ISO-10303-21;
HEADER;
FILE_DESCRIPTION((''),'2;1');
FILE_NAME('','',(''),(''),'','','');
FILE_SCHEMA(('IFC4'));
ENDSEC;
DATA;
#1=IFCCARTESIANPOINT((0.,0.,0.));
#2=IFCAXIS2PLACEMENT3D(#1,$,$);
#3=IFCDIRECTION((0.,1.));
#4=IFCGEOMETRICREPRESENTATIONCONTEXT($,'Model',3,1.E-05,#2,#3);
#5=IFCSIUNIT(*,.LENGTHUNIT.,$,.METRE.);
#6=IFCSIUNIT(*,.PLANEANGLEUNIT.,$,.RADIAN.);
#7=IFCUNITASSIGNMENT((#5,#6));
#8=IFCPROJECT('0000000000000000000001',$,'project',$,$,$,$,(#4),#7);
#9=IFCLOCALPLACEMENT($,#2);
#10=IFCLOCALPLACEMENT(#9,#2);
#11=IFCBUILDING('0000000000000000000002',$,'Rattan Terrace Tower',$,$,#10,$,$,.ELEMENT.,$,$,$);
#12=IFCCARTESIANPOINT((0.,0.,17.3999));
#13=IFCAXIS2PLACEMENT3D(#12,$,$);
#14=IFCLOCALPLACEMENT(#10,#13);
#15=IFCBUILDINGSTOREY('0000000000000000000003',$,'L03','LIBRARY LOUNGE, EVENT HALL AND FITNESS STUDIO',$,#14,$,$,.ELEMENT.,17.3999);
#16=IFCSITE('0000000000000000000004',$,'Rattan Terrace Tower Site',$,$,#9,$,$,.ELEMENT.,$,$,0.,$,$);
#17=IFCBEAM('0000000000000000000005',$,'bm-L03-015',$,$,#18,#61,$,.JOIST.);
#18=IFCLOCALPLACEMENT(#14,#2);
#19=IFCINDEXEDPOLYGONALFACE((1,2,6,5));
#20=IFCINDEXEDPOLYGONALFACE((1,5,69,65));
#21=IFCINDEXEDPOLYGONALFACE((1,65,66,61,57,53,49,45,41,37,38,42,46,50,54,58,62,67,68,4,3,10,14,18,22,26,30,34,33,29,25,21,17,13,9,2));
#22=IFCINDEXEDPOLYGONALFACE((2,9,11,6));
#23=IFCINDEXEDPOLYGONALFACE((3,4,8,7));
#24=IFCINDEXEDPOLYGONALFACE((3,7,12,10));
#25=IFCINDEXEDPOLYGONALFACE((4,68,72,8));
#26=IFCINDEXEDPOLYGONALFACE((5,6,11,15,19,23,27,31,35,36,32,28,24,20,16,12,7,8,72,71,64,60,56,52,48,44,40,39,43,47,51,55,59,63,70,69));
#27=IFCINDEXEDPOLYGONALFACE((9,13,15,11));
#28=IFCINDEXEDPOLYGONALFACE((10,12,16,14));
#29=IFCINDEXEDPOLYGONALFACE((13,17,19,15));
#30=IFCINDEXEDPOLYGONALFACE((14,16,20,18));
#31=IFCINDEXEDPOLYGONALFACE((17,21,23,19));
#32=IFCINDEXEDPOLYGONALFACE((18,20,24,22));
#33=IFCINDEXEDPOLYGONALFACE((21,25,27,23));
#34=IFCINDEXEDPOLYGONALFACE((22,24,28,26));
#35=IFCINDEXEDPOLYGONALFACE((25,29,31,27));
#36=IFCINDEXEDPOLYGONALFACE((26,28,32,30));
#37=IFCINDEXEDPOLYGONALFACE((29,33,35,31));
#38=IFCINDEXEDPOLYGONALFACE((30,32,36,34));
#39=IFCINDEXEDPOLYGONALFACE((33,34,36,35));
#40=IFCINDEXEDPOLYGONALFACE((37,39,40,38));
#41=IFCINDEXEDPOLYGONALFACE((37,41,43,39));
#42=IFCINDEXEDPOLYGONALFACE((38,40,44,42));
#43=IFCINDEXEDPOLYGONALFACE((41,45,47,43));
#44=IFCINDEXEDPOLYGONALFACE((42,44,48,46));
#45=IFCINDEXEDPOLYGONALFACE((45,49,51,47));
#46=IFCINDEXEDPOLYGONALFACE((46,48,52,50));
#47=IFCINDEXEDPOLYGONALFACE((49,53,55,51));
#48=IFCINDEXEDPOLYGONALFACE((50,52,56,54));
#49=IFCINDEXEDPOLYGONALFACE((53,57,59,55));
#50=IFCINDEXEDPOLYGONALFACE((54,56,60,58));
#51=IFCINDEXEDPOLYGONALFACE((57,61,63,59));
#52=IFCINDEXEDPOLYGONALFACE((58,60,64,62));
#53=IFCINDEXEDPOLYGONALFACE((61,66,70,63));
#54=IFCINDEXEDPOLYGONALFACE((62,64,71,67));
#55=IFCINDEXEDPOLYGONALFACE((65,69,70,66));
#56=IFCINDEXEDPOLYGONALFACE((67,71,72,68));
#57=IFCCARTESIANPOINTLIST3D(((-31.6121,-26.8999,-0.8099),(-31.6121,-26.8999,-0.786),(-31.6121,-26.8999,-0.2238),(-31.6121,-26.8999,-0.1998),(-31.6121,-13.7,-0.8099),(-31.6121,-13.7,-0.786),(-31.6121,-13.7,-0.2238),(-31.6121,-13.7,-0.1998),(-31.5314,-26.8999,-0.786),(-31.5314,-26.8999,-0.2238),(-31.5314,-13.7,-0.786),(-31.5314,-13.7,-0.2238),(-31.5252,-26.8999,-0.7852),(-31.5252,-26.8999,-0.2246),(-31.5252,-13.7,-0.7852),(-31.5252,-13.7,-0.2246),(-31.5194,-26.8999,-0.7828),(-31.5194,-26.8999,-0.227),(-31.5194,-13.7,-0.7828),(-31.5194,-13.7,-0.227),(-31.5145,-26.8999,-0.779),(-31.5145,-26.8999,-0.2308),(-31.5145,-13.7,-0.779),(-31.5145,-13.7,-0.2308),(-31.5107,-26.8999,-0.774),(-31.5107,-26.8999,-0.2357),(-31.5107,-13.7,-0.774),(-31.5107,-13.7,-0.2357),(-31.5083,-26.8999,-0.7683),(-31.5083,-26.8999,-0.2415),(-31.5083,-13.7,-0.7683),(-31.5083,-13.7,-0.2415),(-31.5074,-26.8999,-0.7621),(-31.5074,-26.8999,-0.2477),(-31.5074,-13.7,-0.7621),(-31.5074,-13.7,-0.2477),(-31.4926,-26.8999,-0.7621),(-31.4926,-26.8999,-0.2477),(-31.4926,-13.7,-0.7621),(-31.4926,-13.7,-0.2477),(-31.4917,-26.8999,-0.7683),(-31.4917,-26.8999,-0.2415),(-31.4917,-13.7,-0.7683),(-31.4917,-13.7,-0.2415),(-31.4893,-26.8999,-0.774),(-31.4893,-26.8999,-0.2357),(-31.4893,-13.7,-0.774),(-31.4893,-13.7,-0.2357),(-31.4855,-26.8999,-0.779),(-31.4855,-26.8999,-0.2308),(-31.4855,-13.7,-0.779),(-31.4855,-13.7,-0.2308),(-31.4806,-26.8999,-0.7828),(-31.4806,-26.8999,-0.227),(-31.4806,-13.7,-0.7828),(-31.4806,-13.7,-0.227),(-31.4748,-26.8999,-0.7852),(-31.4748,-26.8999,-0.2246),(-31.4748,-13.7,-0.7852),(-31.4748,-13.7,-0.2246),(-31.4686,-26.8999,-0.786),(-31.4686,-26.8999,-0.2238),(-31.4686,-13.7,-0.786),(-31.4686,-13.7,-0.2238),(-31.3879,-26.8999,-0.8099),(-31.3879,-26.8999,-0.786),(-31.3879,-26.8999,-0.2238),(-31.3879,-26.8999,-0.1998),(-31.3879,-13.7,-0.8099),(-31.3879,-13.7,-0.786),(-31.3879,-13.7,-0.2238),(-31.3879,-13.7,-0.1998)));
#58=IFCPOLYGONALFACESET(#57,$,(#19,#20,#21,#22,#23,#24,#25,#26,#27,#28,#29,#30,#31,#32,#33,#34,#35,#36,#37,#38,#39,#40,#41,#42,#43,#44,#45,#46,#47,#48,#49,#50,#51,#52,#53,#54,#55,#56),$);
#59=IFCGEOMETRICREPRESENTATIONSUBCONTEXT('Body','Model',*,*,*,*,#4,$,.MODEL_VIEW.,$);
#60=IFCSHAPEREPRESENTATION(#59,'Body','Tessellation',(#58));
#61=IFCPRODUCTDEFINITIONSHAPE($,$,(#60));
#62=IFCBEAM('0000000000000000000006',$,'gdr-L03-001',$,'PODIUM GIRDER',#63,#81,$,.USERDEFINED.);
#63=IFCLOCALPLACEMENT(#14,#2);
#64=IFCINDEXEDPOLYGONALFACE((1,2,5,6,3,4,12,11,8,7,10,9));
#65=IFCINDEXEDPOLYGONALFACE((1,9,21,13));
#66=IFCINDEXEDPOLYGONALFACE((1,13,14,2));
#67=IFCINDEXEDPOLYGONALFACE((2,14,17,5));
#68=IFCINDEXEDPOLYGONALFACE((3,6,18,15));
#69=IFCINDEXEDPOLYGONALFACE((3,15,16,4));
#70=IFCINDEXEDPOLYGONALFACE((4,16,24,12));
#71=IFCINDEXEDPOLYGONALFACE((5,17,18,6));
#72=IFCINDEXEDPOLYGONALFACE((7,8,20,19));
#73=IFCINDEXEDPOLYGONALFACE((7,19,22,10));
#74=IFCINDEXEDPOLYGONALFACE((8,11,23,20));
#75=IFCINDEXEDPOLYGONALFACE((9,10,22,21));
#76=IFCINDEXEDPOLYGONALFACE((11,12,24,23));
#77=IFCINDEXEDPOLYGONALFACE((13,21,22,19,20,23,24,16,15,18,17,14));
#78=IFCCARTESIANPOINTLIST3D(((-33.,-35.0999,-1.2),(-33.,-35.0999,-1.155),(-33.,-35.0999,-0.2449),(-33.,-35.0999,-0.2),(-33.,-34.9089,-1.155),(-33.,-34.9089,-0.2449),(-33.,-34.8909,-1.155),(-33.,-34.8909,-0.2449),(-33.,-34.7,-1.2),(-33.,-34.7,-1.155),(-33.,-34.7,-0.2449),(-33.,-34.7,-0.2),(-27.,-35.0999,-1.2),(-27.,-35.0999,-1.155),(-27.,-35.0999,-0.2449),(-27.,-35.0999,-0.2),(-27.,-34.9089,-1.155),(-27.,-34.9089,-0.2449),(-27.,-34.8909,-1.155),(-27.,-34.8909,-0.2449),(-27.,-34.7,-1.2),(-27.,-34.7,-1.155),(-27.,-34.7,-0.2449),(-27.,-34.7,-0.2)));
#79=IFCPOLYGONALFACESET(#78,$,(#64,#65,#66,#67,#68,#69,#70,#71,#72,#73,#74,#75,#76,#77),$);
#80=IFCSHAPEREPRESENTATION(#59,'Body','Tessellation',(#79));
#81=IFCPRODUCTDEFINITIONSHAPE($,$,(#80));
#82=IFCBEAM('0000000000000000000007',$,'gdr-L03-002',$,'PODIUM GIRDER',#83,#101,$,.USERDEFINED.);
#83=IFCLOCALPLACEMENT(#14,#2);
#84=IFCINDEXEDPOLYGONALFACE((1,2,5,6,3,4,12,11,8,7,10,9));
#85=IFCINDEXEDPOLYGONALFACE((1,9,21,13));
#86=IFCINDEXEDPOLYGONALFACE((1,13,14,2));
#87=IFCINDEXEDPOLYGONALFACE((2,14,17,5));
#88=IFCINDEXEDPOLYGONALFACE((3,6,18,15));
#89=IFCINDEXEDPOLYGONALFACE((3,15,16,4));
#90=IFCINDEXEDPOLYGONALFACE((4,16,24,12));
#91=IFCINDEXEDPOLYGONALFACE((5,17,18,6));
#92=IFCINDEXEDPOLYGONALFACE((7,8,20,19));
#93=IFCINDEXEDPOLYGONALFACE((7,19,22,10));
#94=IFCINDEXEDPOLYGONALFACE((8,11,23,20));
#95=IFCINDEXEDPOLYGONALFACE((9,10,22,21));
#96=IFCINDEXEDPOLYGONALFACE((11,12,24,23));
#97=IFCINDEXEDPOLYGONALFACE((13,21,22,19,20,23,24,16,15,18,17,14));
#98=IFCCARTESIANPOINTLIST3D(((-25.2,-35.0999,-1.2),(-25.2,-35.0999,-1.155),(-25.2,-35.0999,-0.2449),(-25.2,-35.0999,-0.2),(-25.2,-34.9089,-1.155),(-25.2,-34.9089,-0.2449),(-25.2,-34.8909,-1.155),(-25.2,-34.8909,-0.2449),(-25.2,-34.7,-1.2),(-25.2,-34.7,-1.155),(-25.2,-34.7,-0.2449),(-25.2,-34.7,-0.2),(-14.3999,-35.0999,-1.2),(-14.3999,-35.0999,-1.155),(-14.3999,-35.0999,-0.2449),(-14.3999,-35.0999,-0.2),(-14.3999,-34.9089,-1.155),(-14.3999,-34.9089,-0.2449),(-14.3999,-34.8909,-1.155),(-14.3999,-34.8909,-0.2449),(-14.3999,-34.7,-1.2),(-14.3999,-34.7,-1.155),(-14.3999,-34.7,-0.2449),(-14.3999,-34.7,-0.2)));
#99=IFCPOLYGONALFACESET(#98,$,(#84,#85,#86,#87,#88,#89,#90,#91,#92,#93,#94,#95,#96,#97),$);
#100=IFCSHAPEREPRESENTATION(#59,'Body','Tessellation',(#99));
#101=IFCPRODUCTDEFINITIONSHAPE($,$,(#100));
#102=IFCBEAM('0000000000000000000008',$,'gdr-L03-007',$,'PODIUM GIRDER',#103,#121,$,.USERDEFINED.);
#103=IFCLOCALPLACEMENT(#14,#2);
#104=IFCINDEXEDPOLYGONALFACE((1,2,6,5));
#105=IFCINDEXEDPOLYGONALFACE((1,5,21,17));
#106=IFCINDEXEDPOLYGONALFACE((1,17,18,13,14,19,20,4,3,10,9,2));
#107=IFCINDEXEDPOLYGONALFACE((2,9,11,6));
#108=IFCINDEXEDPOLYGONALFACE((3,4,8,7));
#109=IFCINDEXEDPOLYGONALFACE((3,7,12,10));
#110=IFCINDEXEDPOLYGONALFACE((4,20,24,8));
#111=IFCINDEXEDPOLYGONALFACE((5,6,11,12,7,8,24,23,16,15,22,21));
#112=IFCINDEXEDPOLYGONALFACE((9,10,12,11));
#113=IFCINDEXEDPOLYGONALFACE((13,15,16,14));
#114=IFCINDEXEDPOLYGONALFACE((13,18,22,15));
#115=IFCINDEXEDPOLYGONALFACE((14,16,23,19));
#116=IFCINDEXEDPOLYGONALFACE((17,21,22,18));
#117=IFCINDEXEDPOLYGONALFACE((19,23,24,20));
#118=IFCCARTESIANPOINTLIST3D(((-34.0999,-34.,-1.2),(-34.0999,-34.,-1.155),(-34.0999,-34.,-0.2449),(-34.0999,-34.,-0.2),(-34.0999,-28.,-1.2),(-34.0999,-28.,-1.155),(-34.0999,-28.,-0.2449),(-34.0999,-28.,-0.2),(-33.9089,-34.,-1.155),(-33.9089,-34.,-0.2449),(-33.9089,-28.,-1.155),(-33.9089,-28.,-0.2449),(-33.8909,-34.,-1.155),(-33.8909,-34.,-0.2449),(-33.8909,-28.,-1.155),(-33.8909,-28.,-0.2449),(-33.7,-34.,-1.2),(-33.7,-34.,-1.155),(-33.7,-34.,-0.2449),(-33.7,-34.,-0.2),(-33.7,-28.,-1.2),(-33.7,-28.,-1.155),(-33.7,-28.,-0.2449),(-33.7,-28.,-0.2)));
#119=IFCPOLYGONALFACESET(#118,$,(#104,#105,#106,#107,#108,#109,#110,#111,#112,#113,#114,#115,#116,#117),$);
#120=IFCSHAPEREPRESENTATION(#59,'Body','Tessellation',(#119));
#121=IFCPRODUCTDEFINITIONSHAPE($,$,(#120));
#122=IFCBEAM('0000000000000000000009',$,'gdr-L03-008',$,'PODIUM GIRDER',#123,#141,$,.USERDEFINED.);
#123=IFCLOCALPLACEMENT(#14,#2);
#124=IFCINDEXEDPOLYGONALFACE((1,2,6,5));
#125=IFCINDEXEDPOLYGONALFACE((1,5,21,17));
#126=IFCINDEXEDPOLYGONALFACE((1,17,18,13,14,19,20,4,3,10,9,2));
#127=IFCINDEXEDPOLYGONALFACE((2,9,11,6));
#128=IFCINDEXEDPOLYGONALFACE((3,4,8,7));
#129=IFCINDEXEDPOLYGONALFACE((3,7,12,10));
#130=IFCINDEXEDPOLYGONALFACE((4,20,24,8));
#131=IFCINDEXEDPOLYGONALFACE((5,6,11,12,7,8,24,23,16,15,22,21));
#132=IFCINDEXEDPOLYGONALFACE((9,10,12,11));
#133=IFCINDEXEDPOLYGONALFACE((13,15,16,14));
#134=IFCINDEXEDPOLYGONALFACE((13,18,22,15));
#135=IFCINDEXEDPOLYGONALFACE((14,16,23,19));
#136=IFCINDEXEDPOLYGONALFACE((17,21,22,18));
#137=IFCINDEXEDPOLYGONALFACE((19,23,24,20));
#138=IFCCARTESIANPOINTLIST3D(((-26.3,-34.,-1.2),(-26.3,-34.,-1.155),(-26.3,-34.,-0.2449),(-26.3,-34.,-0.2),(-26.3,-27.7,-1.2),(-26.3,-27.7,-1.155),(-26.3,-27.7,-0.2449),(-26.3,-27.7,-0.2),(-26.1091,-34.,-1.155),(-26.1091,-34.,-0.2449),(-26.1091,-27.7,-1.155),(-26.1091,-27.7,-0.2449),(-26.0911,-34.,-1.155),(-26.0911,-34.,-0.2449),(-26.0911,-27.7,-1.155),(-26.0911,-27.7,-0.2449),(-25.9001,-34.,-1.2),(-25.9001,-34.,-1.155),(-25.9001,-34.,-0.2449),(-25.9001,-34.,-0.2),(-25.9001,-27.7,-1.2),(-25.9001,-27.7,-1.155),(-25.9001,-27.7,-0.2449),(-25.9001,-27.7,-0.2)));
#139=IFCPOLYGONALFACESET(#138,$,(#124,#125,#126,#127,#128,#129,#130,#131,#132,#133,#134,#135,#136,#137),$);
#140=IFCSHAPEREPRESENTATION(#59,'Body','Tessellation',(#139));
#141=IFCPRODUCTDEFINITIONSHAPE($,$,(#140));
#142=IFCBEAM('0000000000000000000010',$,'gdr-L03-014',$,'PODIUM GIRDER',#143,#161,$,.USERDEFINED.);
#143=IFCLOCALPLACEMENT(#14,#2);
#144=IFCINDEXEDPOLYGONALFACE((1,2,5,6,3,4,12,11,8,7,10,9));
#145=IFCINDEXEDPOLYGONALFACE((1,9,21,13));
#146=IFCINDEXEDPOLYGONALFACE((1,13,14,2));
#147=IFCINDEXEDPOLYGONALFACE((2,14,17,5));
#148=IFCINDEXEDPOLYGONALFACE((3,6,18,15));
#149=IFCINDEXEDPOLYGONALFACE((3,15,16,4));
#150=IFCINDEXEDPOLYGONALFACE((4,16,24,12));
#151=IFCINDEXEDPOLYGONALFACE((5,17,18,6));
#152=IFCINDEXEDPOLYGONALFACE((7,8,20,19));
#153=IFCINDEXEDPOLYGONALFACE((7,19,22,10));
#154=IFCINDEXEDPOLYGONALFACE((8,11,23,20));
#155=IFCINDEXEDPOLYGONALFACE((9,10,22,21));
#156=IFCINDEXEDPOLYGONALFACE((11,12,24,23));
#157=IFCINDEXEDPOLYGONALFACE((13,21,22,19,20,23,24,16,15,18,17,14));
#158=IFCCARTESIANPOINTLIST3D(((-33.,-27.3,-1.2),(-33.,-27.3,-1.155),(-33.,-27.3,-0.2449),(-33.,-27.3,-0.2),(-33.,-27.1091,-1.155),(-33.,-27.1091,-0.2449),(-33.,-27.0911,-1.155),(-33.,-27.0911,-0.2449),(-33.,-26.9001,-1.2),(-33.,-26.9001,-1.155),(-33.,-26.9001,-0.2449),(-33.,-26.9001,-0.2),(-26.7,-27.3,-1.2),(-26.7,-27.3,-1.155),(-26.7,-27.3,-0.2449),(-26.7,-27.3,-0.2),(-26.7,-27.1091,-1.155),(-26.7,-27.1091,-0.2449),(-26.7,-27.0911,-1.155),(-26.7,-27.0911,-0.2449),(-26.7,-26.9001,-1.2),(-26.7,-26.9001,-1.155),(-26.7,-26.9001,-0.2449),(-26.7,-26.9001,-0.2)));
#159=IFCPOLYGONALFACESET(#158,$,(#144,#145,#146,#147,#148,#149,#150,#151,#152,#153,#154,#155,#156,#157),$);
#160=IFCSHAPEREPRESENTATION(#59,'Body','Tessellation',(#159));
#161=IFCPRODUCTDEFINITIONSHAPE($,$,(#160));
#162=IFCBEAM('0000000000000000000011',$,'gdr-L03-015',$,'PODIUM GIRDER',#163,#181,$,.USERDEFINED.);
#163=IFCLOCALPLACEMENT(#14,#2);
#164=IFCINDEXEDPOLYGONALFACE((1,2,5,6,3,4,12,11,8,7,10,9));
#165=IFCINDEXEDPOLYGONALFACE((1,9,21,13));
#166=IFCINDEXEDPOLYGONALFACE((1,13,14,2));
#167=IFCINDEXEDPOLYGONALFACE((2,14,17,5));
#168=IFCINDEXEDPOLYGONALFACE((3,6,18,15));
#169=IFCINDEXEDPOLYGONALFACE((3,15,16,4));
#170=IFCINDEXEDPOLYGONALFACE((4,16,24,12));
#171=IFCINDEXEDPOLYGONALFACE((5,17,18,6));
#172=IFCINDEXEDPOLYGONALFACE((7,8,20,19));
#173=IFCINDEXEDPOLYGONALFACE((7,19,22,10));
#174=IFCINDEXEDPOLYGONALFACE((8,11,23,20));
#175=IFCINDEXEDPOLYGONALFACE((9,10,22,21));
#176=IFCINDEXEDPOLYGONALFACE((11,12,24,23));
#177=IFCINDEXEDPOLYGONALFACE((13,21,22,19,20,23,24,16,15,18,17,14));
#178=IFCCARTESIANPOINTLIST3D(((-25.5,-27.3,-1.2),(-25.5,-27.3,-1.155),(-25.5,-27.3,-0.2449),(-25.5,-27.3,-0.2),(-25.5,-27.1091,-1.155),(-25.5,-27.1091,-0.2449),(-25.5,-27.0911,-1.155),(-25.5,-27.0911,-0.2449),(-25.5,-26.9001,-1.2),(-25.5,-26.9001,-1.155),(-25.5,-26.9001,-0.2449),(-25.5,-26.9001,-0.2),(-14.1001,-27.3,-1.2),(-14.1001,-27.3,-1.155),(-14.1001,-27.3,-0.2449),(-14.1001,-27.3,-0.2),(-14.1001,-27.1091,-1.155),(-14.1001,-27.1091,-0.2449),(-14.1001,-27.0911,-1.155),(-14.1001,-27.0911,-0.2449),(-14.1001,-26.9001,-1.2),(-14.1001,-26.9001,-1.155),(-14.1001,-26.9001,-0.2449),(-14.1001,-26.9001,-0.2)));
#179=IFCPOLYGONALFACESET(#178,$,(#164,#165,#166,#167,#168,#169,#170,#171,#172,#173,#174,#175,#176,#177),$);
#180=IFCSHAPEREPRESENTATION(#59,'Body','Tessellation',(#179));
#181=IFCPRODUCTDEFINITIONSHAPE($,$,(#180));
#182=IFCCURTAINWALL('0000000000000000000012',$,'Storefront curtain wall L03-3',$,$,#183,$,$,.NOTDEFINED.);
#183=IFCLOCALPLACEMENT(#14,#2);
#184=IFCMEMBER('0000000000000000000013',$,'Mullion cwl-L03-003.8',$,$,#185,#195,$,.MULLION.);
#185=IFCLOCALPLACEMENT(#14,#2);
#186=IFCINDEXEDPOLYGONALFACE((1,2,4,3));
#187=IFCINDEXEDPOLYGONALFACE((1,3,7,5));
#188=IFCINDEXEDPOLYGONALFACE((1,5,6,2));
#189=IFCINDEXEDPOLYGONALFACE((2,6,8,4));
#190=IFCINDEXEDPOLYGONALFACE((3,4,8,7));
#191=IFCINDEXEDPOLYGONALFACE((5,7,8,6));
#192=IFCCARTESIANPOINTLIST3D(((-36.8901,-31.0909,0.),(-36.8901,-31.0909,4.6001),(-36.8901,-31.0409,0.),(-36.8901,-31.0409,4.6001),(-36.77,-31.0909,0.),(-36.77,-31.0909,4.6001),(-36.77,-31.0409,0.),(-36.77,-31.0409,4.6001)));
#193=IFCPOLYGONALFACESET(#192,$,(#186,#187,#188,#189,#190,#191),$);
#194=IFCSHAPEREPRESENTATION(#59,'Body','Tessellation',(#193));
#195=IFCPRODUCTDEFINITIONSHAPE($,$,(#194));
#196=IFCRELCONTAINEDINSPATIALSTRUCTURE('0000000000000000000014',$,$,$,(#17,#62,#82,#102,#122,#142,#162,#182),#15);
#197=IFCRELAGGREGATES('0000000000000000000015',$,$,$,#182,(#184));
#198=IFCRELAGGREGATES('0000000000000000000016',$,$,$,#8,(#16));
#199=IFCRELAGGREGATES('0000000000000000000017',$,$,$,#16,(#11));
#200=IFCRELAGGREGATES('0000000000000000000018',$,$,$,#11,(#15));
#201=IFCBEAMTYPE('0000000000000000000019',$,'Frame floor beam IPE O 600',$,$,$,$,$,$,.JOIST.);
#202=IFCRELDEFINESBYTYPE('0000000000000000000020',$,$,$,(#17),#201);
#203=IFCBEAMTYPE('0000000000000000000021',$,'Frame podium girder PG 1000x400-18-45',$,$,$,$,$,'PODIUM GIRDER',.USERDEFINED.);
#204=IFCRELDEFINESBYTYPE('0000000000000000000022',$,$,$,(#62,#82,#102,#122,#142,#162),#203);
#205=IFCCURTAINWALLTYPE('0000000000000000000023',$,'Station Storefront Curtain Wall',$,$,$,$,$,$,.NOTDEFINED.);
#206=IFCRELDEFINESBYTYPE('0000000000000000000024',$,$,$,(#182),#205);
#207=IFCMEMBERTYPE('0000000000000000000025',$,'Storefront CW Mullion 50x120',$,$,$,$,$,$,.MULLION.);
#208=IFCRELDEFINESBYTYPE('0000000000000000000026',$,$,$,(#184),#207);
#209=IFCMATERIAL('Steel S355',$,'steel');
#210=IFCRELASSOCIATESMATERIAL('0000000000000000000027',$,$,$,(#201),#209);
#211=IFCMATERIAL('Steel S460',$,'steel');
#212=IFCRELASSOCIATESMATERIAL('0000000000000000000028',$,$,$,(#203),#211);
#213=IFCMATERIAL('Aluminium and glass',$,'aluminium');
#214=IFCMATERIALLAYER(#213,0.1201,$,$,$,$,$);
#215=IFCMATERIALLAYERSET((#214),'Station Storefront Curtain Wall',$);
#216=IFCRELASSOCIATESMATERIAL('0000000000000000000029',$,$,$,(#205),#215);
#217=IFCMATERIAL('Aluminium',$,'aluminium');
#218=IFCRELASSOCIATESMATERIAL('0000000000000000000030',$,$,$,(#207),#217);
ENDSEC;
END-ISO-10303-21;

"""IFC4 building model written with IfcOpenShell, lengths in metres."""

from ifc_helpers import new_model, si_unit, direction, frame, origin, origin_2d, place, context, subcontext, project, spatial, rectangle, i_section, extrude, material, layer, layer_set, material_profile, profile_set, type_object, element, aggregate, save


model = new_model("IFC4")

# Units and contexts
model_context = context("Model", 3, precision=1e-05, world=origin(), true_north=direction((0.0, 1.0)))
body_context = subcontext(model_context, "Body", "Model", "MODEL_VIEW")
ifc_project = project(units=[si_unit("LENGTHUNIT", "METRE"), si_unit("PLANEANGLEUNIT", "RADIAN")], contexts=[model_context])

# Site, building, storey
site_placement = place(None, origin())
site = spatial("IfcSite", under=ifc_project, at=site_placement, Name="Rattan Terrace Tower Site", CompositionType="ELEMENT", RefElevation=0.0)
building_placement = place(site_placement, origin())
building = spatial("IfcBuilding", under=site, at=building_placement, Name="Rattan Terrace Tower", CompositionType="ELEMENT")
storey_placement = place(building_placement, frame((0.0, 0.0, 17.3999)))
storey = spatial("IfcBuildingStorey", under=building, at=storey_placement, Name="L03", Description="LIBRARY LOUNGE, EVENT HALL AND FITNESS STUDIO", CompositionType="ELEMENT", Elevation=17.3999)

# Beams
ifc_material_1 = material(Name="Steel S355", Category="steel")
ifc_material_profile_1 = material_profile(ifc_material_1, i_section(OverallWidth=0.2241, OverallDepth=0.6101, WebThickness=0.0149, FlangeThickness=0.0239, FilletRadius=0.0239, at=origin_2d()), Name="IPE O 600")
ifc_profile_set_1 = profile_set([ifc_material_profile_1], Name="Steel S355")
beam_type_1 = type_object("IfcBeamType", Name="Frame floor beam IPE O 600", PredefinedType="JOIST", material=ifc_profile_set_1)
beam_1_placement = place(storey_placement, frame((-31.5, -26.8999, -0.5049), z_axis=(0.0, 1.0, 0.0), x_axis=(-1.0, 0.0, 0.0)))
element("IfcBeam", 1, at=beam_1_placement, inside=storey, type_object=beam_type_1, Name="bm-L03-015", PredefinedType="JOIST", context=body_context, shape_type="SweptSolid", body=[
    extrude(i_section(OverallWidth=0.2241, OverallDepth=0.6101, WebThickness=0.0149, FlangeThickness=0.0239, FilletRadius=0.0239, at=origin_2d()), origin(), (0.0, 0.0, 1.0), 13.2),
])
ifc_material_2 = material(Name="Steel S460", Category="steel")
ifc_material_profile_2 = material_profile(ifc_material_2, i_section(OverallWidth=0.3999, OverallDepth=1.0, WebThickness=0.0181, FlangeThickness=0.0449, at=origin_2d()), Name="PG 1000x400-18-45")
ifc_profile_set_2 = profile_set([ifc_material_profile_2], Name="Steel S460")
beam_type_2 = type_object("IfcBeamType", Name="Frame podium girder PG 1000x400-18-45", ElementType="PODIUM GIRDER", PredefinedType="USERDEFINED", material=ifc_profile_set_2)
beam_2_placement = place(storey_placement, frame((-33.0, -34.8999, -0.7), z_axis=(1.0, 0.0, 0.0), x_axis=(0.0, 1.0, 0.0)))
element("IfcBeam", 2, at=beam_2_placement, inside=storey, type_object=beam_type_2, Name="gdr-L03-001", ObjectType="PODIUM GIRDER", PredefinedType="USERDEFINED", context=body_context, shape_type="SweptSolid", body=[
    extrude(i_section(OverallWidth=0.3999, OverallDepth=1.0, WebThickness=0.0181, FlangeThickness=0.0449, at=origin_2d()), origin(), (0.0, 0.0, 1.0), 6.0),
])
beam_3_placement = place(storey_placement, frame((-25.2, -34.8999, -0.7), z_axis=(1.0, 0.0, 0.0), x_axis=(0.0, 1.0, 0.0)))
element("IfcBeam", 3, at=beam_3_placement, inside=storey, type_object=beam_type_2, Name="gdr-L03-002", ObjectType="PODIUM GIRDER", PredefinedType="USERDEFINED", context=body_context, shape_type="SweptSolid", body=[
    extrude(i_section(OverallWidth=0.3999, OverallDepth=1.0, WebThickness=0.0181, FlangeThickness=0.0449, at=origin_2d()), origin(), (0.0, 0.0, 1.0), 10.8),
])
beam_4_placement = place(storey_placement, frame((-33.8999, -34.0, -0.7), z_axis=(0.0, 1.0, 0.0), x_axis=(-1.0, 0.0, 0.0)))
element("IfcBeam", 4, at=beam_4_placement, inside=storey, type_object=beam_type_2, Name="gdr-L03-007", ObjectType="PODIUM GIRDER", PredefinedType="USERDEFINED", context=body_context, shape_type="SweptSolid", body=[
    extrude(i_section(OverallWidth=0.3999, OverallDepth=1.0, WebThickness=0.0181, FlangeThickness=0.0449, at=origin_2d()), origin(), (0.0, 0.0, 1.0), 6.0),
])
for number, where, z_axis, x_axis, name in (
    (5, (-26.1001, -34.0, -0.7), (0.0, 1.0, 0.0), (-1.0, 0.0, 0.0), "gdr-L03-008"),
    (6, (-33.0, -27.1001, -0.7), (1.0, 0.0, 0.0), (0.0, 1.0, 0.0), "gdr-L03-014"),
):
    element("IfcBeam", number, at=place(storey_placement, frame(where, z_axis=z_axis, x_axis=x_axis)), inside=storey, type_object=beam_type_2, Name=name, ObjectType="PODIUM GIRDER", PredefinedType="USERDEFINED", context=body_context, shape_type="SweptSolid", body=[
        extrude(i_section(OverallWidth=0.3999, OverallDepth=1.0, WebThickness=0.0181, FlangeThickness=0.0449, at=origin_2d()), origin(), (0.0, 0.0, 1.0), 6.3),
    ])
beam_5_placement = place(storey_placement, frame((-25.5, -27.1001, -0.7), z_axis=(1.0, 0.0, 0.0), x_axis=(0.0, 1.0, 0.0)))
element("IfcBeam", 7, at=beam_5_placement, inside=storey, type_object=beam_type_2, Name="gdr-L03-015", ObjectType="PODIUM GIRDER", PredefinedType="USERDEFINED", context=body_context, shape_type="SweptSolid", body=[
    extrude(i_section(OverallWidth=0.3999, OverallDepth=1.0, WebThickness=0.0181, FlangeThickness=0.0449, at=origin_2d()), origin(), (0.0, 0.0, 1.0), 11.3999),
])

# Curtain wall, member
ifc_material_3 = material(Name="Aluminium and glass", Category="aluminium")
ifc_layer_1 = layer(ifc_material_3, 0.1201)
ifc_layer_set_1 = layer_set([ifc_layer_1], Name="Station Storefront Curtain Wall")
curtain_wall_type = type_object("IfcCurtainWallType", Name="Station Storefront Curtain Wall", PredefinedType="NOTDEFINED", material=ifc_layer_set_1)
curtain_wall_1_placement = place(storey_placement, origin())
curtain_wall_1 = element("IfcCurtainWall", 8, at=curtain_wall_1_placement, inside=storey, type_object=curtain_wall_type, Name="Storefront curtain wall L03-3", PredefinedType="NOTDEFINED")
ifc_material_4 = material(Name="Aluminium", Category="aluminium")
ifc_material_profile_3 = material_profile(ifc_material_4, rectangle(XDim=0.05, YDim=0.1201, at=origin_2d()), Name="Aluminium 50x120")
ifc_profile_set_3 = profile_set([ifc_material_profile_3], Name="Aluminium")
member_type_1 = type_object("IfcMemberType", Name="Storefront CW Mullion 50x120", PredefinedType="MULLION", material=ifc_profile_set_3)
member_1_placement = place(storey_placement, frame((-36.8301, -31.0659, 0.0), z_axis=(0.0, 0.0, 1.0), x_axis=(0.0, -1.0, 0.0)))
member_1 = element("IfcMember", 9, at=member_1_placement, type_object=member_type_1, Name="Mullion cwl-L03-003.8", PredefinedType="MULLION", context=body_context, shape_type="SweptSolid", body=[
    extrude(rectangle(XDim=0.05, YDim=0.1201, at=origin_2d()), origin(), (0.0, 0.0, 1.0), 4.6001),
])

aggregate(curtain_wall_1, [member_1])

save(model, "model.ifc")
